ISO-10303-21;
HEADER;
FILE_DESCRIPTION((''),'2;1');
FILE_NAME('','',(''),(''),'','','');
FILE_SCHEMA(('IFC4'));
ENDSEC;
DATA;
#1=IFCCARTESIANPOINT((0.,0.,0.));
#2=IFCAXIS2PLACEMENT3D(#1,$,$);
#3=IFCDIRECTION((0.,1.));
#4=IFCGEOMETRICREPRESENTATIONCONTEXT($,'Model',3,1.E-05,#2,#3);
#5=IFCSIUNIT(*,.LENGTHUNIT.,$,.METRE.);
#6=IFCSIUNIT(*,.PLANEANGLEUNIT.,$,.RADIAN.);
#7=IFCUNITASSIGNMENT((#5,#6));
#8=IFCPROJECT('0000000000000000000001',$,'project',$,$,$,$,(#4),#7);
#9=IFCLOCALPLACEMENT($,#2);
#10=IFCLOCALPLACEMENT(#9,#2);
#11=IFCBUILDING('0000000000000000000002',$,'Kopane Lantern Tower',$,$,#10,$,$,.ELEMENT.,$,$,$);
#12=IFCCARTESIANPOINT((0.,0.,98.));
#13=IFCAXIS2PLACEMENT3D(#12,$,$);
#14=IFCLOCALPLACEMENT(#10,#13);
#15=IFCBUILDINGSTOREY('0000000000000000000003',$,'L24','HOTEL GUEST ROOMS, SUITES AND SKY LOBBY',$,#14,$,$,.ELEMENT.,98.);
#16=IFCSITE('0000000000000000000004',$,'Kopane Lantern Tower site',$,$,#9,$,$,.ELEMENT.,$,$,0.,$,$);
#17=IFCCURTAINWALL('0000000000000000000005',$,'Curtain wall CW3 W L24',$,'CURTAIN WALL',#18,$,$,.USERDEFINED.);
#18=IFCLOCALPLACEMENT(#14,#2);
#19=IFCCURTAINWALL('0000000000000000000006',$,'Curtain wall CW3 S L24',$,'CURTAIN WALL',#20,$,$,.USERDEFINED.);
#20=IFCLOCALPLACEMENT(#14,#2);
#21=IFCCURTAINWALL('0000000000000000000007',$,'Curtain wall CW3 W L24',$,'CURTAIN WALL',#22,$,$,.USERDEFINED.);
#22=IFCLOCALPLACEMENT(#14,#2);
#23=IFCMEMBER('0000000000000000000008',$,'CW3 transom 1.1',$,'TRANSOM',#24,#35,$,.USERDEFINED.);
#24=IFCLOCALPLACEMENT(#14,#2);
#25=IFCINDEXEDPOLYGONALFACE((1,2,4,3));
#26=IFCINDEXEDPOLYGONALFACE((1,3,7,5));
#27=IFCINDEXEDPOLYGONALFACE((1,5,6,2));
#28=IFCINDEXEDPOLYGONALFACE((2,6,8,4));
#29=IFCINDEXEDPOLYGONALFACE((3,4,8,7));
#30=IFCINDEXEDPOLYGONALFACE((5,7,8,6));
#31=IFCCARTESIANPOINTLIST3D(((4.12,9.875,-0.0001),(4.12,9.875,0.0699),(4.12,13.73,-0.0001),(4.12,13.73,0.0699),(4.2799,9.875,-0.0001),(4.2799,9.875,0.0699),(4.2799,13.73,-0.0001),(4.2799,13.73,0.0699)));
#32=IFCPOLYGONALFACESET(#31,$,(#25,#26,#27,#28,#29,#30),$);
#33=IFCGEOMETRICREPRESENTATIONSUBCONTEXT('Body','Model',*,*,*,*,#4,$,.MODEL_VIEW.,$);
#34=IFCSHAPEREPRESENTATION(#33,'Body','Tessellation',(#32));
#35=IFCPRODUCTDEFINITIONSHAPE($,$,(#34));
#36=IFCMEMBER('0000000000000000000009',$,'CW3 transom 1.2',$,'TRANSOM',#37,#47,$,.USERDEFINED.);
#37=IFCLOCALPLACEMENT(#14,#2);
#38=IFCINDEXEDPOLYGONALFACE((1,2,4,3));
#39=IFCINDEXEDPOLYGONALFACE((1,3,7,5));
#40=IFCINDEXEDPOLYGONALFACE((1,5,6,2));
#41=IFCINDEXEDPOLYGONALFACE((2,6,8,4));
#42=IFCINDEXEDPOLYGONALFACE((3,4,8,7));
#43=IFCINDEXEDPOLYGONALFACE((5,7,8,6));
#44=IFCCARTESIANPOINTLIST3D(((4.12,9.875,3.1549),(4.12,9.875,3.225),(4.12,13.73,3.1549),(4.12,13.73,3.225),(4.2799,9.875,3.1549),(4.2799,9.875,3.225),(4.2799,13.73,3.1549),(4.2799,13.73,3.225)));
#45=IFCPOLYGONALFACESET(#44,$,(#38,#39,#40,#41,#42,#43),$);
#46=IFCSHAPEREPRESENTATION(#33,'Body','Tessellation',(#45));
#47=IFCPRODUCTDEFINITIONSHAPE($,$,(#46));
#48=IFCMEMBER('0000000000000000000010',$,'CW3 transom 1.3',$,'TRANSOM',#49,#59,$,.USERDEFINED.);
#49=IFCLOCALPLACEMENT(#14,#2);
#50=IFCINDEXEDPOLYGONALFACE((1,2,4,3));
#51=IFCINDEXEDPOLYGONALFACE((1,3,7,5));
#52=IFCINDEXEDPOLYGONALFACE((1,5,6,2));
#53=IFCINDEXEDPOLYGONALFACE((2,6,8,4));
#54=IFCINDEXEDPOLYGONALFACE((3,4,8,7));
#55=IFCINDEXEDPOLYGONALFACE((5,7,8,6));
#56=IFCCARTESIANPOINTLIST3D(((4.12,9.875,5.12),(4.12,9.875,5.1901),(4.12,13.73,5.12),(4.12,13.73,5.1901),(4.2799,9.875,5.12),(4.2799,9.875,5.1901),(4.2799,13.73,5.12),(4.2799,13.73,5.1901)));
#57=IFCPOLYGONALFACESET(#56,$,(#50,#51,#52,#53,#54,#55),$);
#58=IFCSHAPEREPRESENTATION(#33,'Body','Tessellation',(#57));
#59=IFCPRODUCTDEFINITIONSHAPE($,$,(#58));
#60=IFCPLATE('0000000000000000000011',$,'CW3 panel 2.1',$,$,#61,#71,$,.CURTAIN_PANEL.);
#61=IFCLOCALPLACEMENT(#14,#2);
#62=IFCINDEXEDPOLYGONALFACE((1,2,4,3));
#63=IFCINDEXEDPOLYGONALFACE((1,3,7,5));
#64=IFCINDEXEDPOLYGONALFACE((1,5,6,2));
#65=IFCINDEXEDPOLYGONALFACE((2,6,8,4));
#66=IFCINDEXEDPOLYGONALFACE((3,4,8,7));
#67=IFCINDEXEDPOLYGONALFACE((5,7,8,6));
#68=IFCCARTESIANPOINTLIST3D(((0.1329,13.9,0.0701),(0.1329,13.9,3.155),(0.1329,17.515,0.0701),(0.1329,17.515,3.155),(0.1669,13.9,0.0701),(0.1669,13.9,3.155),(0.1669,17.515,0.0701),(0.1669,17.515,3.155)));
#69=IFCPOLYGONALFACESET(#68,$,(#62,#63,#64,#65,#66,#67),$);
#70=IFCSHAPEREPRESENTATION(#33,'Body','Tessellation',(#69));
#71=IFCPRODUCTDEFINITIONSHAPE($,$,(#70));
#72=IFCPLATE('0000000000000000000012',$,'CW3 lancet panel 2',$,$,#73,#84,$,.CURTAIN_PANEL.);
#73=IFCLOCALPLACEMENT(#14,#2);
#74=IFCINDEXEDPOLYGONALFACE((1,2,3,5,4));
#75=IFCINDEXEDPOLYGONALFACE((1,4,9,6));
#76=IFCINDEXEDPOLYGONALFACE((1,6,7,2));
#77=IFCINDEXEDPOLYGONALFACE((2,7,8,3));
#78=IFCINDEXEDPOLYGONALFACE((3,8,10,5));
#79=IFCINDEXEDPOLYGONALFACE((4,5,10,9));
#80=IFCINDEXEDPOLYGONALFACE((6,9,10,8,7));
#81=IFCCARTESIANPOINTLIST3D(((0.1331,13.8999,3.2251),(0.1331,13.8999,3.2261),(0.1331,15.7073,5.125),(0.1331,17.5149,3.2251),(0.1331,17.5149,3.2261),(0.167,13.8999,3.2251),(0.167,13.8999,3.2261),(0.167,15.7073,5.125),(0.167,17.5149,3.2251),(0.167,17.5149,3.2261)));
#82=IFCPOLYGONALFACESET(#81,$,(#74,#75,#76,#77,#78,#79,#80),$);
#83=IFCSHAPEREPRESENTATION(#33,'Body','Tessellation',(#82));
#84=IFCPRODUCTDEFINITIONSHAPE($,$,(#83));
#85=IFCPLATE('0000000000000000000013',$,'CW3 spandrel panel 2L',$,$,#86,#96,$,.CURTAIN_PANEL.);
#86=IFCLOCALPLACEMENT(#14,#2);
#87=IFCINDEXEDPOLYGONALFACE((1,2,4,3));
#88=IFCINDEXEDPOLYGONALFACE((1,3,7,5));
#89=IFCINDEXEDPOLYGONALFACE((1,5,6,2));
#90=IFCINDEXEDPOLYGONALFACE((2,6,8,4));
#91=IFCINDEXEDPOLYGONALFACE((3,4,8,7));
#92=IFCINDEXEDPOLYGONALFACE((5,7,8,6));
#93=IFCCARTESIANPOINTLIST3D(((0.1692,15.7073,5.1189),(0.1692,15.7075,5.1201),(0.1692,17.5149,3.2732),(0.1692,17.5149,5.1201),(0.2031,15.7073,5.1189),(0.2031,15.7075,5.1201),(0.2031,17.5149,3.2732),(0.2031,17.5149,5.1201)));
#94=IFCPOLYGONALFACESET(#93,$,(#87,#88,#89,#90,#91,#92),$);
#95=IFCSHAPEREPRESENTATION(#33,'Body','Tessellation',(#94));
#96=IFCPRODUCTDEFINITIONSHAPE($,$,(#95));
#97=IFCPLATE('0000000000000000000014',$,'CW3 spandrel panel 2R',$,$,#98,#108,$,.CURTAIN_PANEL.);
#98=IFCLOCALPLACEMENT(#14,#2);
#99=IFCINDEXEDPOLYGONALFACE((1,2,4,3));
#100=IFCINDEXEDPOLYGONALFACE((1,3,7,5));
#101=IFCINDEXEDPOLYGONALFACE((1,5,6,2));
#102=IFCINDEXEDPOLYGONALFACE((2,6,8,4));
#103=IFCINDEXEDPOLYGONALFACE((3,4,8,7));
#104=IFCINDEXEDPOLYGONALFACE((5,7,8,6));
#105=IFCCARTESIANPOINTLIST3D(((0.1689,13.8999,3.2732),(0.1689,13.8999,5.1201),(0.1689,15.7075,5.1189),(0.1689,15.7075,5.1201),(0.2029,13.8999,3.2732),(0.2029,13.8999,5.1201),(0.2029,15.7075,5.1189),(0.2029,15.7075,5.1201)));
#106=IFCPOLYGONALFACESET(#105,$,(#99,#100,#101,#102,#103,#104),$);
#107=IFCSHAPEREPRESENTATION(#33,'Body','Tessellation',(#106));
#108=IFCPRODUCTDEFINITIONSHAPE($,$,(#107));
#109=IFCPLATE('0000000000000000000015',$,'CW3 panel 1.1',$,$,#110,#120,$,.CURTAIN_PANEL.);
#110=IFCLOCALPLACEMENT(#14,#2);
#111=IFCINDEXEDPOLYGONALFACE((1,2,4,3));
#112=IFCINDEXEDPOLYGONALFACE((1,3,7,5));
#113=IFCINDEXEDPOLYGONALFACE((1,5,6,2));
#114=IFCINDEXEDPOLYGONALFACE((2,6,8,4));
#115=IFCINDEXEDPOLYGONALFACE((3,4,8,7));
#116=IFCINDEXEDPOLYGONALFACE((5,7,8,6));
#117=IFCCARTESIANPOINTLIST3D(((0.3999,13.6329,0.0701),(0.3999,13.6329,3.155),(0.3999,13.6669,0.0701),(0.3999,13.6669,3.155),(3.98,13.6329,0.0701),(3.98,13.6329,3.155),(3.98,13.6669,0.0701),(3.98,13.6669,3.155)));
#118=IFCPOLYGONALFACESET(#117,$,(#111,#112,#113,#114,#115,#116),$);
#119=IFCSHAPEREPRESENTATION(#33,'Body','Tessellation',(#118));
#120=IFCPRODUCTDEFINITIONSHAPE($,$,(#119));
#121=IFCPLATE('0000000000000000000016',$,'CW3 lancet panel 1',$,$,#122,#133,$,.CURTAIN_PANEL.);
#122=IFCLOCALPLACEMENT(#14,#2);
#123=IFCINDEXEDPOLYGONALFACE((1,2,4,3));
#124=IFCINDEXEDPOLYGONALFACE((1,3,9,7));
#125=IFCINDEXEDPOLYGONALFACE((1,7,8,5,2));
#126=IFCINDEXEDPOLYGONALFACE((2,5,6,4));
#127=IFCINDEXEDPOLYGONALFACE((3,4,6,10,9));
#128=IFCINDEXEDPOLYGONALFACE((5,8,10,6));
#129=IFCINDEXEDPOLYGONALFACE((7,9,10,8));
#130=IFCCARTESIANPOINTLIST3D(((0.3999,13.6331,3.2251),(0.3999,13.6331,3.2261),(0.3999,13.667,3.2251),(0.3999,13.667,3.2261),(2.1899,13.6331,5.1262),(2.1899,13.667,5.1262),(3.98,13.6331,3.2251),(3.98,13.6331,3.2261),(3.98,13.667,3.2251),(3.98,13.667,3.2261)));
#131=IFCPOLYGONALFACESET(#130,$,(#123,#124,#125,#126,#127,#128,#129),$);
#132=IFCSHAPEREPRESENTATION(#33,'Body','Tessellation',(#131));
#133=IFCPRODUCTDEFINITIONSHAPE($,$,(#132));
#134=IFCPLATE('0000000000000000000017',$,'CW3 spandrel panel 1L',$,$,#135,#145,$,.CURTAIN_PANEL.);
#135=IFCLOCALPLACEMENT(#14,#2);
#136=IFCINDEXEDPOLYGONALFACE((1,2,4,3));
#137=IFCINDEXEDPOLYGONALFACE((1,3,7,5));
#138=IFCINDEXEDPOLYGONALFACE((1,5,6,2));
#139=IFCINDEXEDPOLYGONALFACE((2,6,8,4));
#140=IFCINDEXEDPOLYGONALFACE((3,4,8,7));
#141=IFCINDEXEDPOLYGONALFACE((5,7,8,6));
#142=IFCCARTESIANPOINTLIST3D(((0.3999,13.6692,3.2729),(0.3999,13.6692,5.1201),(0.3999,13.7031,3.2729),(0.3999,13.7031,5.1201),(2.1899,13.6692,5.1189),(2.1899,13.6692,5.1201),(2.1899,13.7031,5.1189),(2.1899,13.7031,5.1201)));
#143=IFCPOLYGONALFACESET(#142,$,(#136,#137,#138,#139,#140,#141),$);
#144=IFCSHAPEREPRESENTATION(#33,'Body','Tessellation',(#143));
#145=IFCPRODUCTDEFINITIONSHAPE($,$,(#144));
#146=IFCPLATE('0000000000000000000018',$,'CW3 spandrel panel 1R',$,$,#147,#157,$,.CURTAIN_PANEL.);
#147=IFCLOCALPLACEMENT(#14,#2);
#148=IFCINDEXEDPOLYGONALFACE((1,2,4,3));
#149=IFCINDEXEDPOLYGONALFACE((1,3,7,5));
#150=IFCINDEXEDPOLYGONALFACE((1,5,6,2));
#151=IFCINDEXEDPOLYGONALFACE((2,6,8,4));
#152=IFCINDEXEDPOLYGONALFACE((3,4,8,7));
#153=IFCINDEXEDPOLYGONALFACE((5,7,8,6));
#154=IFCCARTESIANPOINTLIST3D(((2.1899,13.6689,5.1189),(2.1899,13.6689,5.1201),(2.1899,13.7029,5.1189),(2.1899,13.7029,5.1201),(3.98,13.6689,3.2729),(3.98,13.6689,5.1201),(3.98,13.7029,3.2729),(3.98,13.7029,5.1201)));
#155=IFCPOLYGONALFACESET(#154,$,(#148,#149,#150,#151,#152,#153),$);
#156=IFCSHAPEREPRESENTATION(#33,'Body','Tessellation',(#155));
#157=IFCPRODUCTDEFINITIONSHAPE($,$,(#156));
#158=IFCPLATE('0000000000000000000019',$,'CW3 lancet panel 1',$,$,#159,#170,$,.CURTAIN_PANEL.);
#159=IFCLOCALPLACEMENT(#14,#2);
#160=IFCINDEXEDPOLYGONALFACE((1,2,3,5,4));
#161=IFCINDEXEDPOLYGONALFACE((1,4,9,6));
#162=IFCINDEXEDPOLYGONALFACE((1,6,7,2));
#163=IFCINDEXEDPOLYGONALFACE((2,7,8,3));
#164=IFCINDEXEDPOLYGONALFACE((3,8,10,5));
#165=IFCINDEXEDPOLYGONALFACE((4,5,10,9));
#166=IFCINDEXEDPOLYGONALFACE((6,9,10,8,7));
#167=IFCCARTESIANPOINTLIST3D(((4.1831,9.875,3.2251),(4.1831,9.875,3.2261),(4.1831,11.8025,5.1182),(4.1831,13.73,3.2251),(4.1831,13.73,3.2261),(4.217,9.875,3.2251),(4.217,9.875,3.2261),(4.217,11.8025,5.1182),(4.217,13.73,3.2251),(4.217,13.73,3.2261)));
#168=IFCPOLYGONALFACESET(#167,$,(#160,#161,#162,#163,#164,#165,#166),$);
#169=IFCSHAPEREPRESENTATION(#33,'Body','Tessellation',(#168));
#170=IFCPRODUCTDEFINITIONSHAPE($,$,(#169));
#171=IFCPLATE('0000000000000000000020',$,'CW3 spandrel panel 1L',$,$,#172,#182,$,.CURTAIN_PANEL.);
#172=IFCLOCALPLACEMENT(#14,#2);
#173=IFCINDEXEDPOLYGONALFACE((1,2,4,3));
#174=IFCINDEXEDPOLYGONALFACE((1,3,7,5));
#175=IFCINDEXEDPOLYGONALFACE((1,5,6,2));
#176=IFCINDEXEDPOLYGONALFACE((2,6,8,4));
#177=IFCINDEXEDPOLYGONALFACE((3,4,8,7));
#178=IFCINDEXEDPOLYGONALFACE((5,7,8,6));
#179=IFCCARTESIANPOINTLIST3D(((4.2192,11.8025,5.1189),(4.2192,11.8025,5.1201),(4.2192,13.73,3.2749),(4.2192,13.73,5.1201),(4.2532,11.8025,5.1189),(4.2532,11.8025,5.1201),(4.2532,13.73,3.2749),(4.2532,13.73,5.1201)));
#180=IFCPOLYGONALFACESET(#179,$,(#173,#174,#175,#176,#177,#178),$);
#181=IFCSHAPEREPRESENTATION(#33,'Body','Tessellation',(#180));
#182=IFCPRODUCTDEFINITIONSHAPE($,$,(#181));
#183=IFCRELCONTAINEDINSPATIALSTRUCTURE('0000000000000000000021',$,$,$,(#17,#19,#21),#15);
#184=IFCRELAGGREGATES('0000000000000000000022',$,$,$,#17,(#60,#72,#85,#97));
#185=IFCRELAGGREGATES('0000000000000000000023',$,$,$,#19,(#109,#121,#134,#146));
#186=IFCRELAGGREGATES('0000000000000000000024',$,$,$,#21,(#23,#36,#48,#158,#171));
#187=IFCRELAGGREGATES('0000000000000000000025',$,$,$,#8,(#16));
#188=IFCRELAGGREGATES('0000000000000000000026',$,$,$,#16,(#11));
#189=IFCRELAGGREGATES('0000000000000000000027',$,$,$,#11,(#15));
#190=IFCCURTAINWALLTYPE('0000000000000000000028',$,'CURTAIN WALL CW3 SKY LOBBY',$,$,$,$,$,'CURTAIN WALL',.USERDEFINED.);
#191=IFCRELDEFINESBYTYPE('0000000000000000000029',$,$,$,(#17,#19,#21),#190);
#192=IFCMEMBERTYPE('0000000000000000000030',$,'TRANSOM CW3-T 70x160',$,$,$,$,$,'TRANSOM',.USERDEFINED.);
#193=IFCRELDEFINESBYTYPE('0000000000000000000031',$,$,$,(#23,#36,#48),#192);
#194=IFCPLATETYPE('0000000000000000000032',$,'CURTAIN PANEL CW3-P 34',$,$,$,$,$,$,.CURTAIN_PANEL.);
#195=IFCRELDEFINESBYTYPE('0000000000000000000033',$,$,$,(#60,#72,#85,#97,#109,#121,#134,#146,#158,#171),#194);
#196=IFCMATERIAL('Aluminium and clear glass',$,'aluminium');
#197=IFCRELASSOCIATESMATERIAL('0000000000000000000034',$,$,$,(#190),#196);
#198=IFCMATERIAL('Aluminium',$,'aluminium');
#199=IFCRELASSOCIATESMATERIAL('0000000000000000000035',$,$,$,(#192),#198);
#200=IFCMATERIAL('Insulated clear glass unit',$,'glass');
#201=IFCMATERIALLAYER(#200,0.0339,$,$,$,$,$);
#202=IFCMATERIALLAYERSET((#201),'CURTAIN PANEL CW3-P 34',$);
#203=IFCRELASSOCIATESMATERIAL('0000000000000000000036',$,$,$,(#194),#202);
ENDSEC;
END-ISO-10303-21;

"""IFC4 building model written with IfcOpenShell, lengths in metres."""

from ifc_helpers import new_model, si_unit, direction, frame, origin, origin_2d, place, context, subcontext, project, spatial, polyline, rectangle, outline, extrude, material, layer, layer_set, material_profile, profile_set, type_object, element, aggregate, save


model = new_model("IFC4")

# Units and contexts
model_context = context("Model", 3, precision=1e-05, world=origin(), true_north=direction((0.0, 1.0)))
body_context = subcontext(model_context, "Body", "Model", "MODEL_VIEW")
ifc_project = project(units=[si_unit("LENGTHUNIT", "METRE"), si_unit("PLANEANGLEUNIT", "RADIAN")], contexts=[model_context])

# Site, building, storey
site_placement = place(None, origin())
site = spatial("IfcSite", under=ifc_project, at=site_placement, Name="Kopane Lantern Tower site", CompositionType="ELEMENT", RefElevation=0.0)
building_placement = place(site_placement, origin())
building = spatial("IfcBuilding", under=site, at=building_placement, Name="Kopane Lantern Tower", CompositionType="ELEMENT")
storey_placement = place(building_placement, frame((0.0, 0.0, 98.0)))
storey = spatial("IfcBuildingStorey", under=building, at=storey_placement, Name="L24", Description="HOTEL GUEST ROOMS, SUITES AND SKY LOBBY", CompositionType="ELEMENT", Elevation=98.0)

# Curtain walls
ifc_material_1 = material(Name="Aluminium and clear glass", Category="aluminium")
curtain_wall_type = type_object("IfcCurtainWallType", Name="CURTAIN WALL CW3 SKY LOBBY", ElementType="CURTAIN WALL", PredefinedType="USERDEFINED", material=ifc_material_1)
curtain_wall_1_placement = place(storey_placement, origin())
curtain_wall_1 = element("IfcCurtainWall", 1, at=curtain_wall_1_placement, inside=storey, type_object=curtain_wall_type, Name="Curtain wall CW3 W L24", ObjectType="CURTAIN WALL", PredefinedType="USERDEFINED")
curtain_wall_2_placement = place(storey_placement, origin())
curtain_wall_2 = element("IfcCurtainWall", 2, at=curtain_wall_2_placement, inside=storey, type_object=curtain_wall_type, Name="Curtain wall CW3 S L24", ObjectType="CURTAIN WALL", PredefinedType="USERDEFINED")
curtain_wall_3_placement = place(storey_placement, origin())
curtain_wall_3 = element("IfcCurtainWall", 3, at=curtain_wall_3_placement, inside=storey, type_object=curtain_wall_type, Name="Curtain wall CW3 W L24", ObjectType="CURTAIN WALL", PredefinedType="USERDEFINED")

# Members
ifc_material_2 = material(Name="Aluminium", Category="aluminium")
ifc_material_profile_1 = material_profile(ifc_material_2, rectangle(XDim=0.1599, YDim=0.0701, at=origin_2d()), Name="AL 160x70")
ifc_profile_set_1 = profile_set([ifc_material_profile_1], Name="Aluminium")
member_type_1 = type_object("IfcMemberType", Name="TRANSOM CW3-T 70x160", ElementType="TRANSOM", PredefinedType="USERDEFINED", material=ifc_profile_set_1)
member_1_placement = place(storey_placement, frame((4.2, 13.73, 0.0349), z_axis=(0.0, -1.0, 0.0), x_axis=(1.0, 0.0, 0.0)))
member_1 = element("IfcMember", 4, at=member_1_placement, type_object=member_type_1, Name="CW3 transom 1.1", ObjectType="TRANSOM", PredefinedType="USERDEFINED", context=body_context, shape_type="SweptSolid", body=[
    extrude(rectangle(XDim=0.1599, YDim=0.0701, at=origin_2d()), origin(), (0.0, 0.0, 1.0), 3.855),
])
member_2_placement = place(storey_placement, frame((4.2, 13.73, 3.1899), z_axis=(0.0, -1.0, 0.0), x_axis=(1.0, 0.0, 0.0)))
member_2 = element("IfcMember", 5, at=member_2_placement, type_object=member_type_1, Name="CW3 transom 1.2", ObjectType="TRANSOM", PredefinedType="USERDEFINED", context=body_context, shape_type="SweptSolid", body=[
    extrude(rectangle(XDim=0.1599, YDim=0.0701, at=origin_2d()), origin(), (0.0, 0.0, 1.0), 3.855),
])
member_3_placement = place(storey_placement, frame((4.2, 13.73, 5.155), z_axis=(0.0, -1.0, 0.0), x_axis=(1.0, 0.0, 0.0)))
member_3 = element("IfcMember", 6, at=member_3_placement, type_object=member_type_1, Name="CW3 transom 1.3", ObjectType="TRANSOM", PredefinedType="USERDEFINED", context=body_context, shape_type="SweptSolid", body=[
    extrude(rectangle(XDim=0.1599, YDim=0.0701, at=origin_2d()), origin(), (0.0, 0.0, 1.0), 3.855),
])

# Plates
ifc_material_3 = material(Name="Insulated clear glass unit", Category="glass")
ifc_layer = layer(ifc_material_3, 0.0339)
ifc_layer_set = layer_set([ifc_layer], Name="CURTAIN PANEL CW3-P 34")
plate_type = type_object("IfcPlateType", Name="CURTAIN PANEL CW3-P 34", PredefinedType="CURTAIN_PANEL", material=ifc_layer_set)
plate_1_placement = place(storey_placement, frame((0.1499, 15.7075, 0.0701), z_axis=(0.0, 0.0, 1.0), x_axis=(0.0, -1.0, 0.0)))
plate_1 = element("IfcPlate", 7, at=plate_1_placement, type_object=plate_type, Name="CW3 panel 2.1", PredefinedType="CURTAIN_PANEL", context=body_context, shape_type="SweptSolid", body=[
    extrude(rectangle(XDim=3.615, YDim=0.0339, at=origin_2d()), origin(), (0.0, 0.0, 1.0), 3.085),
])
plate_2_placement = place(storey_placement, frame((0.1499, 17.5149, 3.2251), z_axis=(0.0, 0.0, 1.0), x_axis=(0.0, -1.0, 0.0)))
plate_2 = element("IfcPlate", 8, at=plate_2_placement, type_object=plate_type, Name="CW3 lancet panel 2", PredefinedType="CURTAIN_PANEL", context=body_context, shape_type="SweptSolid", body=[
    extrude(outline(polyline([(0.0, 0.0), (3.615, 0.0), (3.615, 0.001), (1.8076, 1.8999), (0.0, 0.001), (0.0, 0.0)])), frame((0.0, 0.0171, 0.0), z_axis=(0.0, -1.0, 0.0), x_axis=(1.0, 0.0, 0.0)), (0.0, 0.0, 1.0), 0.0339),
])
plate_3_placement = place(storey_placement, frame((0.186, 17.5149, 5.1201), z_axis=(0.0, 0.0, 1.0), x_axis=(0.0, -1.0, 0.0)))
plate_3 = element("IfcPlate", 9, at=plate_3_placement, type_object=plate_type, Name="CW3 spandrel panel 2L", PredefinedType="CURTAIN_PANEL", context=body_context, shape_type="SweptSolid", body=[
    extrude(outline(polyline([(0.0, 0.0), (1.8074, 0.0), (1.8076, -0.0012), (0.0, -1.8469), (0.0, 0.0)])), frame((0.0, 0.0171, 0.0), z_axis=(0.0, -1.0, 0.0), x_axis=(1.0, 0.0, 0.0)), (0.0, 0.0, 1.0), 0.0339),
])
plate_4_placement = place(storey_placement, frame((0.186, 13.8999, 5.1201), z_axis=(0.0, 0.0, 1.0), x_axis=(0.0, 1.0, 0.0)))
plate_4 = element("IfcPlate", 10, at=plate_4_placement, type_object=plate_type, Name="CW3 spandrel panel 2R", PredefinedType="CURTAIN_PANEL", context=body_context, shape_type="SweptSolid", body=[
    extrude(outline(polyline([(0.0, 0.0), (1.8076, 0.0), (1.8076, -0.0012), (0.0, -1.8469), (0.0, 0.0)])), frame((0.0, 0.0171, 0.0), z_axis=(0.0, -1.0, 0.0), x_axis=(1.0, 0.0, 0.0)), (0.0, 0.0, 1.0), 0.0339),
])
aggregate(curtain_wall_1, [plate_1, plate_2, plate_3, plate_4])
plate_5_placement = place(storey_placement, frame((2.1899, 13.6499, 0.0701), z_axis=(0.0, 0.0, 1.0), x_axis=(1.0, 0.0, 0.0)))
plate_5 = element("IfcPlate", 11, at=plate_5_placement, type_object=plate_type, Name="CW3 panel 1.1", PredefinedType="CURTAIN_PANEL", context=body_context, shape_type="SweptSolid", body=[
    extrude(rectangle(XDim=3.5801, YDim=0.0339, at=origin_2d()), origin(), (0.0, 0.0, 1.0), 3.085),
])
plate_6_placement = place(storey_placement, frame((0.3999, 13.6499, 3.2251), z_axis=(0.0, 0.0, 1.0), x_axis=(1.0, 0.0, 0.0)))
plate_6 = element("IfcPlate", 12, at=plate_6_placement, type_object=plate_type, Name="CW3 lancet panel 1", PredefinedType="CURTAIN_PANEL", context=body_context, shape_type="SweptSolid", body=[
    extrude(outline(polyline([(0.0, 0.0), (3.5801, 0.0), (3.5801, 0.001), (1.79, 1.9011), (0.0, 0.001), (0.0, 0.0)])), frame((0.0, 0.0171, 0.0), z_axis=(0.0, -1.0, 0.0), x_axis=(1.0, 0.0, 0.0)), (0.0, 0.0, 1.0), 0.0339),
])
plate_7_placement = place(storey_placement, frame((0.3999, 13.686, 5.1201), z_axis=(0.0, 0.0, 1.0), x_axis=(1.0, 0.0, 0.0)))
plate_7 = element("IfcPlate", 13, at=plate_7_placement, type_object=plate_type, Name="CW3 spandrel panel 1L", PredefinedType="CURTAIN_PANEL", context=body_context, shape_type="SweptSolid", body=[
    extrude(outline(polyline([(0.0, 0.0), (1.79, 0.0), (1.79, -0.0012), (0.0, -1.8472), (0.0, 0.0)])), frame((0.0, 0.0171, 0.0), z_axis=(0.0, -1.0, 0.0), x_axis=(1.0, 0.0, 0.0)), (0.0, 0.0, 1.0), 0.0339),
])
plate_8_placement = place(storey_placement, frame((3.98, 13.686, 5.1201), z_axis=(0.0, 0.0, 1.0), x_axis=(-1.0, 0.0, 0.0)))
plate_8 = element("IfcPlate", 14, at=plate_8_placement, type_object=plate_type, Name="CW3 spandrel panel 1R", PredefinedType="CURTAIN_PANEL", context=body_context, shape_type="SweptSolid", body=[
    extrude(outline(polyline([(0.0, 0.0), (1.79, 0.0), (1.79, -0.0012), (0.0, -1.8472), (0.0, 0.0)])), frame((0.0, 0.0171, 0.0), z_axis=(0.0, -1.0, 0.0), x_axis=(1.0, 0.0, 0.0)), (0.0, 0.0, 1.0), 0.0339),
])
aggregate(curtain_wall_2, [plate_5, plate_6, plate_7, plate_8])
plate_9_placement = place(storey_placement, frame((4.2, 13.73, 3.2251), z_axis=(0.0, 0.0, 1.0), x_axis=(0.0, -1.0, 0.0)))
plate_9 = element("IfcPlate", 15, at=plate_9_placement, type_object=plate_type, Name="CW3 lancet panel 1", PredefinedType="CURTAIN_PANEL", context=body_context, shape_type="SweptSolid", body=[
    extrude(outline(polyline([(0.0, 0.0), (3.855, 0.0), (3.855, 0.001), (1.9275, 1.8931), (0.0, 0.001), (0.0, 0.0)])), frame((0.0, 0.0171, 0.0), z_axis=(0.0, -1.0, 0.0), x_axis=(1.0, 0.0, 0.0)), (0.0, 0.0, 1.0), 0.0339),
])
plate_10_placement = place(storey_placement, frame((4.2361, 13.73, 5.1201), z_axis=(0.0, 0.0, 1.0), x_axis=(0.0, -1.0, 0.0)))
plate_10 = element("IfcPlate", 16, at=plate_10_placement, type_object=plate_type, Name="CW3 spandrel panel 1L", PredefinedType="CURTAIN_PANEL", context=body_context, shape_type="SweptSolid", body=[
    extrude(outline(polyline([(0.0, 0.0), (1.9275, 0.0), (1.9275, -0.0012), (0.0, -1.8452), (0.0, 0.0)])), frame((0.0, 0.0171, 0.0), z_axis=(0.0, -1.0, 0.0), x_axis=(1.0, 0.0, 0.0)), (0.0, 0.0, 1.0), 0.0339),
])
aggregate(curtain_wall_3, [member_1, member_2, member_3, plate_9, plate_10])

save(model, "model.ifc")
